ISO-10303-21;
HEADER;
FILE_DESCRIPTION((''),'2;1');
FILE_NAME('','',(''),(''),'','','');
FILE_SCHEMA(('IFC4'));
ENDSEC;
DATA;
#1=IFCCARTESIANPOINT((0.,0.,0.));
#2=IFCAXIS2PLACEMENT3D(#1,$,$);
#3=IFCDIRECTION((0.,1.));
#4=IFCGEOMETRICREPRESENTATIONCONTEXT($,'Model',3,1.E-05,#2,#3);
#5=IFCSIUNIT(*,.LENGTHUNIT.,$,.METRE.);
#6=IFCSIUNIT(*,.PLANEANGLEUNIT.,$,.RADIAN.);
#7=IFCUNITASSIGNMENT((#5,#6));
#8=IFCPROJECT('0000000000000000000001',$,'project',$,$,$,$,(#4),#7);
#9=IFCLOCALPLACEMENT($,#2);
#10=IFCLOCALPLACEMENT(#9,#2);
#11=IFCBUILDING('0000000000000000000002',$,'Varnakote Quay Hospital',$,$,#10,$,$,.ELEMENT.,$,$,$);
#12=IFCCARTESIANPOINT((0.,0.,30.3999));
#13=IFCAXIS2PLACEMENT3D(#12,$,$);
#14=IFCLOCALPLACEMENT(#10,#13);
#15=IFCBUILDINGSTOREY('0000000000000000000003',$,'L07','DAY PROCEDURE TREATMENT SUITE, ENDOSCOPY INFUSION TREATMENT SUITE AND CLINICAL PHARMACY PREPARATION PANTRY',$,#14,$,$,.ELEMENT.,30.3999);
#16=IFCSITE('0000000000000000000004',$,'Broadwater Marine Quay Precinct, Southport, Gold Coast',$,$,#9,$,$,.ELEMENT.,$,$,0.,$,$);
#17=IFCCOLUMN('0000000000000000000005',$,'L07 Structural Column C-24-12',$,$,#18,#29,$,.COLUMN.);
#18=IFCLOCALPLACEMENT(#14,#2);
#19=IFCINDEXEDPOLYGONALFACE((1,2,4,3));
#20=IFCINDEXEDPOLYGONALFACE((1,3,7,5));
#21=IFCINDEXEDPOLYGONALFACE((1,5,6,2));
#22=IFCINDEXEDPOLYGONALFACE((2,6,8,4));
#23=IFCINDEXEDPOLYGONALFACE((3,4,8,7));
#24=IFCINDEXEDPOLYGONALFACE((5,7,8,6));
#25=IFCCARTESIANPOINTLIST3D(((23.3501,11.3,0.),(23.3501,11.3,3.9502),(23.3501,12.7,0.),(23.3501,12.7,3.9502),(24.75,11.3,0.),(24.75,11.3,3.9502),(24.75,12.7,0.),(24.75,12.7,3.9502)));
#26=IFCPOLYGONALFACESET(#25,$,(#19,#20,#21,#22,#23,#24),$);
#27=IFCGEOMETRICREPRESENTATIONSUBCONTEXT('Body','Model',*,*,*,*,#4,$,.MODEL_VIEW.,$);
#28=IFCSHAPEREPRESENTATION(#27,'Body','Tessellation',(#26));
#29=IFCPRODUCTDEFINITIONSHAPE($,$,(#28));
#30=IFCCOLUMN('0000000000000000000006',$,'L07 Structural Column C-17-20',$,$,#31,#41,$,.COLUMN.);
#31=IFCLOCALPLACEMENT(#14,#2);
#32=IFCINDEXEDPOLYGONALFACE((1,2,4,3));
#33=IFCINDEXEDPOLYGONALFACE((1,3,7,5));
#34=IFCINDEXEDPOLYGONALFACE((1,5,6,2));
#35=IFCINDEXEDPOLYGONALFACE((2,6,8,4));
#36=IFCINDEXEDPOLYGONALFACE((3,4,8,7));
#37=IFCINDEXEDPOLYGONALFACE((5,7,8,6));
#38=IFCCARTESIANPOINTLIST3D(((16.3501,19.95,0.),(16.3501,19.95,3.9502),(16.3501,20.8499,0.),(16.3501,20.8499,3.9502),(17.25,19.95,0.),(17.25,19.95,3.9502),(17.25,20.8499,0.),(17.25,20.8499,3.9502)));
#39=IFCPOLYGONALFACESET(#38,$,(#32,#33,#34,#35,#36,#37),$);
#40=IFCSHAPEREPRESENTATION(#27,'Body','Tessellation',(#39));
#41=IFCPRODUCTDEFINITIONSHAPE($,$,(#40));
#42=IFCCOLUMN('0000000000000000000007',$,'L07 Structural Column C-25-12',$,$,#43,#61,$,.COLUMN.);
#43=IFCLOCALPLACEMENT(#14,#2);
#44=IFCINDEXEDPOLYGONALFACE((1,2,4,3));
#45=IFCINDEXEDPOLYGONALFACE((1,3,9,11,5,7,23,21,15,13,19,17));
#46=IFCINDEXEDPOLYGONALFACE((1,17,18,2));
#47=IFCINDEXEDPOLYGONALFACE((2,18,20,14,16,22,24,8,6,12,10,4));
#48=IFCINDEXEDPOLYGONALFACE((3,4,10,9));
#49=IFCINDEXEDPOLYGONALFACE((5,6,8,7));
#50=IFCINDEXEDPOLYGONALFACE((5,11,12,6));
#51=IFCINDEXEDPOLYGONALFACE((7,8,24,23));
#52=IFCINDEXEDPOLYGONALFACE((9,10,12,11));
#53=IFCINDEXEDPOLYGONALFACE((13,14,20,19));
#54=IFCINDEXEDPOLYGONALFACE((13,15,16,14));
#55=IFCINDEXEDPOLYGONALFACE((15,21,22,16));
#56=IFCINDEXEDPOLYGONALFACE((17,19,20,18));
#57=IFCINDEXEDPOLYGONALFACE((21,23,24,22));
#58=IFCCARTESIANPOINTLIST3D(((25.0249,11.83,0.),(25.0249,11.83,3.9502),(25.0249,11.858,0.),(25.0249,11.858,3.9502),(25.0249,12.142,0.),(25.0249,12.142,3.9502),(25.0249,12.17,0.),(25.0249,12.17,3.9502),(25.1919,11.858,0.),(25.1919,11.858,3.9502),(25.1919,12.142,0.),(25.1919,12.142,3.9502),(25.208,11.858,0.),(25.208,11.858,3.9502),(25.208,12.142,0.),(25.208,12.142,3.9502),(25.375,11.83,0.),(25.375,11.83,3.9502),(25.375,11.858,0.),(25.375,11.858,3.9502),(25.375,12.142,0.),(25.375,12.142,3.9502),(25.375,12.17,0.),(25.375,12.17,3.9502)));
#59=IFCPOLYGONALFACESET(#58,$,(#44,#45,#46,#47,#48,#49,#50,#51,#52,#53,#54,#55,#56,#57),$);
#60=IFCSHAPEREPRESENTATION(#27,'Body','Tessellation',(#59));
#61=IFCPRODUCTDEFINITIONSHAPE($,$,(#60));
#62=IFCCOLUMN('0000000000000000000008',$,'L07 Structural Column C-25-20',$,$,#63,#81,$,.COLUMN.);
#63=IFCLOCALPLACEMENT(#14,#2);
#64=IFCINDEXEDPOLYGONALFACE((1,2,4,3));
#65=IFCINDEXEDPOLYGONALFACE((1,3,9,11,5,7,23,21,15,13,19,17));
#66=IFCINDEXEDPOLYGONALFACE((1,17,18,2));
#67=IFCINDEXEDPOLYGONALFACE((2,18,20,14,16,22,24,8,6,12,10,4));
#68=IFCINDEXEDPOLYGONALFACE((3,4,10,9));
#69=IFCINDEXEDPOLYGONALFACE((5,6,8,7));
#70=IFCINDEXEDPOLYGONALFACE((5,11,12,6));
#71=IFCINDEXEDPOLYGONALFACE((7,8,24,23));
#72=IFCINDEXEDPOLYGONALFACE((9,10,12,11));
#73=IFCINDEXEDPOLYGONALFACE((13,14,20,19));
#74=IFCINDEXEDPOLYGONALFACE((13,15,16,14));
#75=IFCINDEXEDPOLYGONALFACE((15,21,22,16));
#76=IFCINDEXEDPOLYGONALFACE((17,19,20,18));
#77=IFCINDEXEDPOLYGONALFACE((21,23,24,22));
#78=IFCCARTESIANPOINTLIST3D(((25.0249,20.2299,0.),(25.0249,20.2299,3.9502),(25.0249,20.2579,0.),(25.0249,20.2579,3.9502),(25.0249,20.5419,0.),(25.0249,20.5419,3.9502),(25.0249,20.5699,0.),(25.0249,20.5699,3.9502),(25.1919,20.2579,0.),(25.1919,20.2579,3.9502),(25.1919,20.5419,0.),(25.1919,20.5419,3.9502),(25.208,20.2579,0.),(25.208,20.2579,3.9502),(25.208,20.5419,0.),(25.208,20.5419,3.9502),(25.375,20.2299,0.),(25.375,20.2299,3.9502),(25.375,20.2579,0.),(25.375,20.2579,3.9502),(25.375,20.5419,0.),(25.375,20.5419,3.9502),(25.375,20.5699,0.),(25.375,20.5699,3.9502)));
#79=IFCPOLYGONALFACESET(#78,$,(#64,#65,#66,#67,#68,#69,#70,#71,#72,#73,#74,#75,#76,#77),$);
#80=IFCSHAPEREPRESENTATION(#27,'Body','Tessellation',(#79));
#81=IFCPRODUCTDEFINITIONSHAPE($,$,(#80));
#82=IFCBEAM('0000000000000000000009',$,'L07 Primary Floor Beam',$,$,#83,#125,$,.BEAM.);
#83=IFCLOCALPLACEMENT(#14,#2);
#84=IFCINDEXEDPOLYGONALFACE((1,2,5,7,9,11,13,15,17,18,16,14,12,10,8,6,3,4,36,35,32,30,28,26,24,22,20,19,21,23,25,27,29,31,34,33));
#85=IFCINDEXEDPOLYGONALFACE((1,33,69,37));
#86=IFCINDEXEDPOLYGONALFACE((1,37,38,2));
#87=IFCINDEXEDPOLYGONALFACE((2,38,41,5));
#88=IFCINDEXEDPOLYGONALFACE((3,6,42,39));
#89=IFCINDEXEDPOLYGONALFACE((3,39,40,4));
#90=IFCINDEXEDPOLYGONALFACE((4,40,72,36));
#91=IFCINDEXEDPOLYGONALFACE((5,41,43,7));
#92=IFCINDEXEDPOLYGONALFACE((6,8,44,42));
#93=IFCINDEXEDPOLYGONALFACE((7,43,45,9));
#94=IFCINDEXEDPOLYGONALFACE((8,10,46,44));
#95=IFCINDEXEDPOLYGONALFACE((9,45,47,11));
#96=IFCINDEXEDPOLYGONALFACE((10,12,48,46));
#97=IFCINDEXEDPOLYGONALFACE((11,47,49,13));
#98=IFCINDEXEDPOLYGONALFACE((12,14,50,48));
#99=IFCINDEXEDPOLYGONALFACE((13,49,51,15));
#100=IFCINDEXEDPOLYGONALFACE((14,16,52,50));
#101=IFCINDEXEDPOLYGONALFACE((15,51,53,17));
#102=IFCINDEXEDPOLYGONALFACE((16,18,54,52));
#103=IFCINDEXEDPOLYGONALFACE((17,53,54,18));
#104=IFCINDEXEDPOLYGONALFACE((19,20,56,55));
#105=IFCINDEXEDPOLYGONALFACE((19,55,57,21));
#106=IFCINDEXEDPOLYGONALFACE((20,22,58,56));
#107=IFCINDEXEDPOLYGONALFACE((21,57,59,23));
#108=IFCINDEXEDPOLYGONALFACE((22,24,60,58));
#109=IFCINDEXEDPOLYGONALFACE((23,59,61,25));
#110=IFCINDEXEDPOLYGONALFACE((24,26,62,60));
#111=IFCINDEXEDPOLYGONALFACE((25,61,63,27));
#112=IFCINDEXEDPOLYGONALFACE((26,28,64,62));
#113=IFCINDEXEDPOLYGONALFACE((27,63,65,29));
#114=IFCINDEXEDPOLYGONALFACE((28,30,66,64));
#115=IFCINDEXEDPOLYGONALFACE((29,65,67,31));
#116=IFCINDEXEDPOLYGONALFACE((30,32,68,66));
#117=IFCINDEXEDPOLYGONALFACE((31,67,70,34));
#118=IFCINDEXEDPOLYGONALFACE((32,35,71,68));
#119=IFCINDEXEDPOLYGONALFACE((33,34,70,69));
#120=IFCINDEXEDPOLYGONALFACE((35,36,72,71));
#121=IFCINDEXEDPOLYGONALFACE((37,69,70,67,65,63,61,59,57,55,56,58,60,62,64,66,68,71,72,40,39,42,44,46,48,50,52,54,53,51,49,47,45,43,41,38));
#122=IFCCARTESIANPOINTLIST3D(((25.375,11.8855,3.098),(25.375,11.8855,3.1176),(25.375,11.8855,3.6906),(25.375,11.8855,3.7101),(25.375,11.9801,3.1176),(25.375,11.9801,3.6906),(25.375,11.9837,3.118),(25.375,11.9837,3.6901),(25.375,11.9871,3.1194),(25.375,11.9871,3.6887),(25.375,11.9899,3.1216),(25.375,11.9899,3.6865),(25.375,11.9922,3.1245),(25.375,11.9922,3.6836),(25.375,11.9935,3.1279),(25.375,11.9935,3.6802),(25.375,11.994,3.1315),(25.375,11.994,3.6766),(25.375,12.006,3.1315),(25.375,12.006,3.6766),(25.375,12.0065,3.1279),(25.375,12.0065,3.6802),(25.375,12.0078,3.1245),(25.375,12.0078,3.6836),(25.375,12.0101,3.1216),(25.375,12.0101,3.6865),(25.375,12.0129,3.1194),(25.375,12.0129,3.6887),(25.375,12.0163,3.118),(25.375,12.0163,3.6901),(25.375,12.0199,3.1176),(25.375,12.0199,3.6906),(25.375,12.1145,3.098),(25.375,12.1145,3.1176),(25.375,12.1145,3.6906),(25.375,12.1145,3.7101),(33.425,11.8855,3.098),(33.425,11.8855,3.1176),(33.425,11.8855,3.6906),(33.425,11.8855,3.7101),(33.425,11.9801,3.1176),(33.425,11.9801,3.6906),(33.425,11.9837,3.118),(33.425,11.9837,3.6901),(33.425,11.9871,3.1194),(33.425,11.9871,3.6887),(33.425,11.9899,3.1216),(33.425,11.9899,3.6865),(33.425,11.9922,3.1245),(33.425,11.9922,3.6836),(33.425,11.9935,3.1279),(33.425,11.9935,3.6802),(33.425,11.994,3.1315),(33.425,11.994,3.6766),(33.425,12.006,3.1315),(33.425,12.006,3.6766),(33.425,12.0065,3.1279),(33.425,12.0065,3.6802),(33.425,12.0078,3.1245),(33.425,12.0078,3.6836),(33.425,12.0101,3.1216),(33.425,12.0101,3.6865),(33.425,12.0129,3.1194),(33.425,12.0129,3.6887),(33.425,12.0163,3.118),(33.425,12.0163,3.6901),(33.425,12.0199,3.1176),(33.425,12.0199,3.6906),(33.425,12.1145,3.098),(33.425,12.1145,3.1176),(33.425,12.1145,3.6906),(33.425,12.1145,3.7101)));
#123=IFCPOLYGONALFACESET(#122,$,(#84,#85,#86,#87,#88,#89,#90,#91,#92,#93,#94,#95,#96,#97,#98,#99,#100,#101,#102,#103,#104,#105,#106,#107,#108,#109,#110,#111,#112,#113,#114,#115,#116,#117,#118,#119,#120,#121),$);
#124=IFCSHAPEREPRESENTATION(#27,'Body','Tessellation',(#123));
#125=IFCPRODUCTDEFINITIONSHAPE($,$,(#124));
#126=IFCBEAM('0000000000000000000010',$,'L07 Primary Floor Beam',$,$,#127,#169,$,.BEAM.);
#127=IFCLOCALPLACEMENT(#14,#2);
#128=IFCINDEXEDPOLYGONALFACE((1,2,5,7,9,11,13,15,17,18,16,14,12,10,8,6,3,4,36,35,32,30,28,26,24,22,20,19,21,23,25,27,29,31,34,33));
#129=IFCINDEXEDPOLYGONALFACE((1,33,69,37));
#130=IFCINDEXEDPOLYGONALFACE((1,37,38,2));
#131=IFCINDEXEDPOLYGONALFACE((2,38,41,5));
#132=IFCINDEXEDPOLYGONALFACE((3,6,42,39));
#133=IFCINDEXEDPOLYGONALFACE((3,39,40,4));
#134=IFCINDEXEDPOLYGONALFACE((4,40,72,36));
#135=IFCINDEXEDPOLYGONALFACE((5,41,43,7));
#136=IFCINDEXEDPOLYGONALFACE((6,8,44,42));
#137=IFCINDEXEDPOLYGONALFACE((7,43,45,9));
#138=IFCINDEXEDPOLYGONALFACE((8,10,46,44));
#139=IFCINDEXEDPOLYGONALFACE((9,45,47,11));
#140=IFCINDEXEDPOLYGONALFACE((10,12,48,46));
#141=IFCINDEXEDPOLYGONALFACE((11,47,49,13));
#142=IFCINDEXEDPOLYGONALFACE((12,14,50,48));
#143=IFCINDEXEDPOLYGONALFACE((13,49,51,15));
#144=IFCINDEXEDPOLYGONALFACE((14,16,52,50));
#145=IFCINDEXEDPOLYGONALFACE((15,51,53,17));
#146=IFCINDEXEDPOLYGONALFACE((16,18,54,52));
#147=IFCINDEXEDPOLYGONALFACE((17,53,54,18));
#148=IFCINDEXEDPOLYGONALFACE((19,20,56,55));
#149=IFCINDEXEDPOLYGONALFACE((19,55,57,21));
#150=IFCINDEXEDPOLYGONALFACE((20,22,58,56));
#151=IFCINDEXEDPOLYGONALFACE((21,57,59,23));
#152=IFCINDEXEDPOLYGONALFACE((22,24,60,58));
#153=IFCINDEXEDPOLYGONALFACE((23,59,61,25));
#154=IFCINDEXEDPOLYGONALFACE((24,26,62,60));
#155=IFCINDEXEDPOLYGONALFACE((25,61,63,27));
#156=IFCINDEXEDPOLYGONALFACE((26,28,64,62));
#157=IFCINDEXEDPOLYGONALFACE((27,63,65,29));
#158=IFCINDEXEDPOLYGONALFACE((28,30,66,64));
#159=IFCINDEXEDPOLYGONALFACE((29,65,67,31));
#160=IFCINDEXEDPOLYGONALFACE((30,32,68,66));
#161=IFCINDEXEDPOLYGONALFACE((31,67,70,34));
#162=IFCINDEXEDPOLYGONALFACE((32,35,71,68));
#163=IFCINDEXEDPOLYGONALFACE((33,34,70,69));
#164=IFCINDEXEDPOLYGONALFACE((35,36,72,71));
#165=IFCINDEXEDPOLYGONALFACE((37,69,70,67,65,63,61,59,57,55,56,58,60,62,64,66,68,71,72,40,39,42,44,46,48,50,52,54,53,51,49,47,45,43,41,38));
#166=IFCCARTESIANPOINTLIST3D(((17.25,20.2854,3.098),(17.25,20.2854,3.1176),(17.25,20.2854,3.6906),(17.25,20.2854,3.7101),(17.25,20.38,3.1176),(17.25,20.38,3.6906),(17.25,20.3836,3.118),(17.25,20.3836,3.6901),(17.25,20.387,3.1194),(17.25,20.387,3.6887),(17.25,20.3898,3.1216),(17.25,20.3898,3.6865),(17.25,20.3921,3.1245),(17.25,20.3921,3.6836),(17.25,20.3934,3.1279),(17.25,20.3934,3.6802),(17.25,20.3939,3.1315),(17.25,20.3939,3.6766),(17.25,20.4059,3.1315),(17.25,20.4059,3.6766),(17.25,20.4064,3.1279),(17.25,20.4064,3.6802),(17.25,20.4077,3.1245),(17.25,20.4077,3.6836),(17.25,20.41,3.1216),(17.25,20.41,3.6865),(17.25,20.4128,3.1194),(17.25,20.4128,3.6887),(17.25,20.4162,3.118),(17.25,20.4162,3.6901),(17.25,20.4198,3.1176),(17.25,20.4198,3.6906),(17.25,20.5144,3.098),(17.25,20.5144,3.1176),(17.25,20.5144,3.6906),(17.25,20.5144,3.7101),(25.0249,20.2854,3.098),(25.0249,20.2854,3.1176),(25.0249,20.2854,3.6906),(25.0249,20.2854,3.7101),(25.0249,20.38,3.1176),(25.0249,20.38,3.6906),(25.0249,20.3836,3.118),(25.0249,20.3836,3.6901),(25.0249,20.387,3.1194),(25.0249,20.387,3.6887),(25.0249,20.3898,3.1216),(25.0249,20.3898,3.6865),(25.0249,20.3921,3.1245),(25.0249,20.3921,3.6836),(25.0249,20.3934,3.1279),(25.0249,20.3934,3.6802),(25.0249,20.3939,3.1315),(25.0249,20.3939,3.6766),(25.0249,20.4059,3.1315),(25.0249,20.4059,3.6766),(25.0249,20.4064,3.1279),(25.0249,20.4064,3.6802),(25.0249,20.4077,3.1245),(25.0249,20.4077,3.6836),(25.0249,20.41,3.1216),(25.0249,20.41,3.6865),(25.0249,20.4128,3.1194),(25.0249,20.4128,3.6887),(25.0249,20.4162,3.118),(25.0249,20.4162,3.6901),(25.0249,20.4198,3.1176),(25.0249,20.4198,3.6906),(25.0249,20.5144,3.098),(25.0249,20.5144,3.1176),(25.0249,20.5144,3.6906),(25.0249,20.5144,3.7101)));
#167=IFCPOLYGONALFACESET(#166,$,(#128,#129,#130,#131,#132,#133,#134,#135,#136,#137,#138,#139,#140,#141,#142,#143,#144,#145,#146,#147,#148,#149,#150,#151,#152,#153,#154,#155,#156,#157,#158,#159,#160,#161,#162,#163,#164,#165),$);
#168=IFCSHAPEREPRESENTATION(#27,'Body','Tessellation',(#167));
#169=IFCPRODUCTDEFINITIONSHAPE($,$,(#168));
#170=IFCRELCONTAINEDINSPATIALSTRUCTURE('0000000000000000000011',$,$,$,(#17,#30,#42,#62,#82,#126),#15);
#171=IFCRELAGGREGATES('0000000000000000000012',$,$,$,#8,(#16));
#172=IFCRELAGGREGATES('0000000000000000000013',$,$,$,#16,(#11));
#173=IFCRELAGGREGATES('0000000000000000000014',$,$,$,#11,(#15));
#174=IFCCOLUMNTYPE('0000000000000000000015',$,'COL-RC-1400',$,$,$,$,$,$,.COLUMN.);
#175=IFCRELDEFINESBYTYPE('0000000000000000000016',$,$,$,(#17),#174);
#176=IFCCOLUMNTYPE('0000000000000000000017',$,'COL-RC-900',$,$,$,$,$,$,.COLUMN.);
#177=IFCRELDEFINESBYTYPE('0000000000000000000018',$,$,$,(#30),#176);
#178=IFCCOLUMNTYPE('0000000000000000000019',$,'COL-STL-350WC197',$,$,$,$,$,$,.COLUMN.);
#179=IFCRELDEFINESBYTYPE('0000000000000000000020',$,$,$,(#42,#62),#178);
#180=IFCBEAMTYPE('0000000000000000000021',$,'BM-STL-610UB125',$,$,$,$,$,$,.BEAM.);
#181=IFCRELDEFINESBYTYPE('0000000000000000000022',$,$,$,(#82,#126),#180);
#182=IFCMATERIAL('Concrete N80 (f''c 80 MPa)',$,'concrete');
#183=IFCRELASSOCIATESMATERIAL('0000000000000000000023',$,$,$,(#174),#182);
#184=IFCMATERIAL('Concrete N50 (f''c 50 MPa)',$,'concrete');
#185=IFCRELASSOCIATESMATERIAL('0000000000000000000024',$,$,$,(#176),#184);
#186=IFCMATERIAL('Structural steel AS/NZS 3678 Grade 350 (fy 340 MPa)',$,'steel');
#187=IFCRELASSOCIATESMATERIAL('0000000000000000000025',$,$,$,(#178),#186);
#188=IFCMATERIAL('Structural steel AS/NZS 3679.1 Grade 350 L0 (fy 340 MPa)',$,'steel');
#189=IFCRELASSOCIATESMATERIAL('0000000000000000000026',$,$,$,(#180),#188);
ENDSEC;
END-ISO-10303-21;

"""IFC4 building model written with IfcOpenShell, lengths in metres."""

from ifc_helpers import new_model, si_unit, direction, frame, origin, origin_2d, place, context, subcontext, project, spatial, rectangle, i_section, extrude, material, material_profile, profile_set, type_object, element, save


model = new_model("IFC4")

# Units and contexts
model_context = context("Model", 3, precision=1e-05, world=origin(), true_north=direction((0.0, 1.0)))
body_context = subcontext(model_context, "Body", "Model", "MODEL_VIEW")
ifc_project = project(units=[si_unit("LENGTHUNIT", "METRE"), si_unit("PLANEANGLEUNIT", "RADIAN")], contexts=[model_context])

# Site, building, storey
site_placement = place(None, origin())
site = spatial("IfcSite", under=ifc_project, at=site_placement, Name="Broadwater Marine Quay Precinct, Southport, Gold Coast", CompositionType="ELEMENT", RefElevation=0.0)
building_placement = place(site_placement, origin())
building = spatial("IfcBuilding", under=site, at=building_placement, Name="Varnakote Quay Hospital", CompositionType="ELEMENT")
storey_placement = place(building_placement, frame((0.0, 0.0, 30.3999)))
storey = spatial("IfcBuildingStorey", under=building, at=storey_placement, Name="L07", Description="DAY PROCEDURE TREATMENT SUITE, ENDOSCOPY INFUSION TREATMENT SUITE AND CLINICAL PHARMACY PREPARATION PANTRY", CompositionType="ELEMENT", Elevation=30.3999)

# Columns
ifc_material_1 = material(Name="Concrete N80 (f'c 80 MPa)", Category="concrete")
ifc_material_profile_1 = material_profile(ifc_material_1, rectangle(XDim=1.3999, YDim=1.3999, at=origin_2d()), Name="RC-COL-1400x1400")
ifc_profile_set_1 = profile_set([ifc_material_profile_1], Name="Concrete N80 (f'c 80 MPa)")
column_type_1 = type_object("IfcColumnType", Name="COL-RC-1400", PredefinedType="COLUMN", material=ifc_profile_set_1)
column_1_placement = place(storey_placement, frame((24.05, 12.0, 0.0), z_axis=(0.0, 0.0, 1.0), x_axis=(1.0, 0.0, 0.0)))
element("IfcColumn", 1, at=column_1_placement, inside=storey, type_object=column_type_1, Name="L07 Structural Column C-24-12", PredefinedType="COLUMN", context=body_context, shape_type="SweptSolid", body=[
    extrude(rectangle(XDim=1.3999, YDim=1.3999, at=origin_2d()), origin(), (0.0, 0.0, 1.0), 3.9502),
])
ifc_material_2 = material(Name="Concrete N50 (f'c 50 MPa)", Category="concrete")
ifc_material_profile_2 = material_profile(ifc_material_2, rectangle(XDim=0.8999, YDim=0.8999, at=origin_2d()), Name="RC-COL-900x900")
ifc_profile_set_2 = profile_set([ifc_material_profile_2], Name="Concrete N50 (f'c 50 MPa)")
column_type_2 = type_object("IfcColumnType", Name="COL-RC-900", PredefinedType="COLUMN", material=ifc_profile_set_2)
column_2_placement = place(storey_placement, frame((16.8, 20.3999, 0.0), z_axis=(0.0, 0.0, 1.0), x_axis=(1.0, 0.0, 0.0)))
element("IfcColumn", 2, at=column_2_placement, inside=storey, type_object=column_type_2, Name="L07 Structural Column C-17-20", PredefinedType="COLUMN", context=body_context, shape_type="SweptSolid", body=[
    extrude(rectangle(XDim=0.8999, YDim=0.8999, at=origin_2d()), origin(), (0.0, 0.0, 1.0), 3.9502),
])
ifc_material_3 = material(Name="Structural steel AS/NZS 3678 Grade 350 (fy 340 MPa)", Category="steel")
ifc_material_profile_3 = material_profile(ifc_material_3, i_section(OverallWidth=0.3501, OverallDepth=0.3401, WebThickness=0.0161, FlangeThickness=0.0281, at=origin_2d()), Name="350WC197")
ifc_profile_set_3 = profile_set([ifc_material_profile_3], Name="Structural steel AS/NZS 3678 Grade 350 (fy 340 MPa)")
column_type_3 = type_object("IfcColumnType", Name="COL-STL-350WC197", PredefinedType="COLUMN", material=ifc_profile_set_3)
for number, where, z_axis, x_axis, name in (
    (3, (25.2, 12.0, 0.0), (0.0, 0.0, 1.0), (1.0, 0.0, 0.0), "L07 Structural Column C-25-12"),
    (4, (25.2, 20.3999, 0.0), (0.0, 0.0, 1.0), (1.0, 0.0, 0.0), "L07 Structural Column C-25-20"),
):
    element("IfcColumn", number, at=place(storey_placement, frame(where, z_axis=z_axis, x_axis=x_axis)), inside=storey, type_object=column_type_3, Name=name, PredefinedType="COLUMN", context=body_context, shape_type="SweptSolid", body=[
        extrude(i_section(OverallWidth=0.3501, OverallDepth=0.3401, WebThickness=0.0161, FlangeThickness=0.0281, at=origin_2d()), origin(), (0.0, 0.0, 1.0), 3.9502),
    ])

# Beams
ifc_material_4 = material(Name="Structural steel AS/NZS 3679.1 Grade 350 L0 (fy 340 MPa)", Category="steel")
ifc_material_profile_4 = material_profile(ifc_material_4, i_section(OverallWidth=0.229, OverallDepth=0.6121, WebThickness=0.012, FlangeThickness=0.0195, FilletRadius=0.0139, at=origin_2d()), Name="610UB125")
ifc_profile_set_4 = profile_set([ifc_material_profile_4], Name="Structural steel AS/NZS 3679.1 Grade 350 L0 (fy 340 MPa)")
beam_type_1 = type_object("IfcBeamType", Name="BM-STL-610UB125", PredefinedType="BEAM", material=ifc_profile_set_4)
beam_1_placement = place(storey_placement, frame((25.375, 12.0, 3.4041), z_axis=(1.0, 0.0, 0.0), x_axis=(0.0, 1.0, 0.0)))
element("IfcBeam", 5, at=beam_1_placement, inside=storey, type_object=beam_type_1, Name="L07 Primary Floor Beam", PredefinedType="BEAM", context=body_context, shape_type="SweptSolid", body=[
    extrude(i_section(OverallWidth=0.229, OverallDepth=0.6121, WebThickness=0.012, FlangeThickness=0.0195, FilletRadius=0.0139, at=origin_2d()), origin(), (0.0, 0.0, 1.0), 8.05),
])
for number, where, z_axis, x_axis, name in (
    (6, (17.25, 20.3999, 3.4041), (1.0, 0.0, 0.0), (0.0, 1.0, 0.0), "L07 Primary Floor Beam"),
):
    element("IfcBeam", number, at=place(storey_placement, frame(where, z_axis=z_axis, x_axis=x_axis)), inside=storey, type_object=beam_type_1, Name=name, PredefinedType="BEAM", context=body_context, shape_type="SweptSolid", body=[
        extrude(i_section(OverallWidth=0.229, OverallDepth=0.6121, WebThickness=0.012, FlangeThickness=0.0195, FilletRadius=0.0139, at=origin_2d()), origin(), (0.0, 0.0, 1.0), 7.7749),
    ])

save(model, "model.ifc")
